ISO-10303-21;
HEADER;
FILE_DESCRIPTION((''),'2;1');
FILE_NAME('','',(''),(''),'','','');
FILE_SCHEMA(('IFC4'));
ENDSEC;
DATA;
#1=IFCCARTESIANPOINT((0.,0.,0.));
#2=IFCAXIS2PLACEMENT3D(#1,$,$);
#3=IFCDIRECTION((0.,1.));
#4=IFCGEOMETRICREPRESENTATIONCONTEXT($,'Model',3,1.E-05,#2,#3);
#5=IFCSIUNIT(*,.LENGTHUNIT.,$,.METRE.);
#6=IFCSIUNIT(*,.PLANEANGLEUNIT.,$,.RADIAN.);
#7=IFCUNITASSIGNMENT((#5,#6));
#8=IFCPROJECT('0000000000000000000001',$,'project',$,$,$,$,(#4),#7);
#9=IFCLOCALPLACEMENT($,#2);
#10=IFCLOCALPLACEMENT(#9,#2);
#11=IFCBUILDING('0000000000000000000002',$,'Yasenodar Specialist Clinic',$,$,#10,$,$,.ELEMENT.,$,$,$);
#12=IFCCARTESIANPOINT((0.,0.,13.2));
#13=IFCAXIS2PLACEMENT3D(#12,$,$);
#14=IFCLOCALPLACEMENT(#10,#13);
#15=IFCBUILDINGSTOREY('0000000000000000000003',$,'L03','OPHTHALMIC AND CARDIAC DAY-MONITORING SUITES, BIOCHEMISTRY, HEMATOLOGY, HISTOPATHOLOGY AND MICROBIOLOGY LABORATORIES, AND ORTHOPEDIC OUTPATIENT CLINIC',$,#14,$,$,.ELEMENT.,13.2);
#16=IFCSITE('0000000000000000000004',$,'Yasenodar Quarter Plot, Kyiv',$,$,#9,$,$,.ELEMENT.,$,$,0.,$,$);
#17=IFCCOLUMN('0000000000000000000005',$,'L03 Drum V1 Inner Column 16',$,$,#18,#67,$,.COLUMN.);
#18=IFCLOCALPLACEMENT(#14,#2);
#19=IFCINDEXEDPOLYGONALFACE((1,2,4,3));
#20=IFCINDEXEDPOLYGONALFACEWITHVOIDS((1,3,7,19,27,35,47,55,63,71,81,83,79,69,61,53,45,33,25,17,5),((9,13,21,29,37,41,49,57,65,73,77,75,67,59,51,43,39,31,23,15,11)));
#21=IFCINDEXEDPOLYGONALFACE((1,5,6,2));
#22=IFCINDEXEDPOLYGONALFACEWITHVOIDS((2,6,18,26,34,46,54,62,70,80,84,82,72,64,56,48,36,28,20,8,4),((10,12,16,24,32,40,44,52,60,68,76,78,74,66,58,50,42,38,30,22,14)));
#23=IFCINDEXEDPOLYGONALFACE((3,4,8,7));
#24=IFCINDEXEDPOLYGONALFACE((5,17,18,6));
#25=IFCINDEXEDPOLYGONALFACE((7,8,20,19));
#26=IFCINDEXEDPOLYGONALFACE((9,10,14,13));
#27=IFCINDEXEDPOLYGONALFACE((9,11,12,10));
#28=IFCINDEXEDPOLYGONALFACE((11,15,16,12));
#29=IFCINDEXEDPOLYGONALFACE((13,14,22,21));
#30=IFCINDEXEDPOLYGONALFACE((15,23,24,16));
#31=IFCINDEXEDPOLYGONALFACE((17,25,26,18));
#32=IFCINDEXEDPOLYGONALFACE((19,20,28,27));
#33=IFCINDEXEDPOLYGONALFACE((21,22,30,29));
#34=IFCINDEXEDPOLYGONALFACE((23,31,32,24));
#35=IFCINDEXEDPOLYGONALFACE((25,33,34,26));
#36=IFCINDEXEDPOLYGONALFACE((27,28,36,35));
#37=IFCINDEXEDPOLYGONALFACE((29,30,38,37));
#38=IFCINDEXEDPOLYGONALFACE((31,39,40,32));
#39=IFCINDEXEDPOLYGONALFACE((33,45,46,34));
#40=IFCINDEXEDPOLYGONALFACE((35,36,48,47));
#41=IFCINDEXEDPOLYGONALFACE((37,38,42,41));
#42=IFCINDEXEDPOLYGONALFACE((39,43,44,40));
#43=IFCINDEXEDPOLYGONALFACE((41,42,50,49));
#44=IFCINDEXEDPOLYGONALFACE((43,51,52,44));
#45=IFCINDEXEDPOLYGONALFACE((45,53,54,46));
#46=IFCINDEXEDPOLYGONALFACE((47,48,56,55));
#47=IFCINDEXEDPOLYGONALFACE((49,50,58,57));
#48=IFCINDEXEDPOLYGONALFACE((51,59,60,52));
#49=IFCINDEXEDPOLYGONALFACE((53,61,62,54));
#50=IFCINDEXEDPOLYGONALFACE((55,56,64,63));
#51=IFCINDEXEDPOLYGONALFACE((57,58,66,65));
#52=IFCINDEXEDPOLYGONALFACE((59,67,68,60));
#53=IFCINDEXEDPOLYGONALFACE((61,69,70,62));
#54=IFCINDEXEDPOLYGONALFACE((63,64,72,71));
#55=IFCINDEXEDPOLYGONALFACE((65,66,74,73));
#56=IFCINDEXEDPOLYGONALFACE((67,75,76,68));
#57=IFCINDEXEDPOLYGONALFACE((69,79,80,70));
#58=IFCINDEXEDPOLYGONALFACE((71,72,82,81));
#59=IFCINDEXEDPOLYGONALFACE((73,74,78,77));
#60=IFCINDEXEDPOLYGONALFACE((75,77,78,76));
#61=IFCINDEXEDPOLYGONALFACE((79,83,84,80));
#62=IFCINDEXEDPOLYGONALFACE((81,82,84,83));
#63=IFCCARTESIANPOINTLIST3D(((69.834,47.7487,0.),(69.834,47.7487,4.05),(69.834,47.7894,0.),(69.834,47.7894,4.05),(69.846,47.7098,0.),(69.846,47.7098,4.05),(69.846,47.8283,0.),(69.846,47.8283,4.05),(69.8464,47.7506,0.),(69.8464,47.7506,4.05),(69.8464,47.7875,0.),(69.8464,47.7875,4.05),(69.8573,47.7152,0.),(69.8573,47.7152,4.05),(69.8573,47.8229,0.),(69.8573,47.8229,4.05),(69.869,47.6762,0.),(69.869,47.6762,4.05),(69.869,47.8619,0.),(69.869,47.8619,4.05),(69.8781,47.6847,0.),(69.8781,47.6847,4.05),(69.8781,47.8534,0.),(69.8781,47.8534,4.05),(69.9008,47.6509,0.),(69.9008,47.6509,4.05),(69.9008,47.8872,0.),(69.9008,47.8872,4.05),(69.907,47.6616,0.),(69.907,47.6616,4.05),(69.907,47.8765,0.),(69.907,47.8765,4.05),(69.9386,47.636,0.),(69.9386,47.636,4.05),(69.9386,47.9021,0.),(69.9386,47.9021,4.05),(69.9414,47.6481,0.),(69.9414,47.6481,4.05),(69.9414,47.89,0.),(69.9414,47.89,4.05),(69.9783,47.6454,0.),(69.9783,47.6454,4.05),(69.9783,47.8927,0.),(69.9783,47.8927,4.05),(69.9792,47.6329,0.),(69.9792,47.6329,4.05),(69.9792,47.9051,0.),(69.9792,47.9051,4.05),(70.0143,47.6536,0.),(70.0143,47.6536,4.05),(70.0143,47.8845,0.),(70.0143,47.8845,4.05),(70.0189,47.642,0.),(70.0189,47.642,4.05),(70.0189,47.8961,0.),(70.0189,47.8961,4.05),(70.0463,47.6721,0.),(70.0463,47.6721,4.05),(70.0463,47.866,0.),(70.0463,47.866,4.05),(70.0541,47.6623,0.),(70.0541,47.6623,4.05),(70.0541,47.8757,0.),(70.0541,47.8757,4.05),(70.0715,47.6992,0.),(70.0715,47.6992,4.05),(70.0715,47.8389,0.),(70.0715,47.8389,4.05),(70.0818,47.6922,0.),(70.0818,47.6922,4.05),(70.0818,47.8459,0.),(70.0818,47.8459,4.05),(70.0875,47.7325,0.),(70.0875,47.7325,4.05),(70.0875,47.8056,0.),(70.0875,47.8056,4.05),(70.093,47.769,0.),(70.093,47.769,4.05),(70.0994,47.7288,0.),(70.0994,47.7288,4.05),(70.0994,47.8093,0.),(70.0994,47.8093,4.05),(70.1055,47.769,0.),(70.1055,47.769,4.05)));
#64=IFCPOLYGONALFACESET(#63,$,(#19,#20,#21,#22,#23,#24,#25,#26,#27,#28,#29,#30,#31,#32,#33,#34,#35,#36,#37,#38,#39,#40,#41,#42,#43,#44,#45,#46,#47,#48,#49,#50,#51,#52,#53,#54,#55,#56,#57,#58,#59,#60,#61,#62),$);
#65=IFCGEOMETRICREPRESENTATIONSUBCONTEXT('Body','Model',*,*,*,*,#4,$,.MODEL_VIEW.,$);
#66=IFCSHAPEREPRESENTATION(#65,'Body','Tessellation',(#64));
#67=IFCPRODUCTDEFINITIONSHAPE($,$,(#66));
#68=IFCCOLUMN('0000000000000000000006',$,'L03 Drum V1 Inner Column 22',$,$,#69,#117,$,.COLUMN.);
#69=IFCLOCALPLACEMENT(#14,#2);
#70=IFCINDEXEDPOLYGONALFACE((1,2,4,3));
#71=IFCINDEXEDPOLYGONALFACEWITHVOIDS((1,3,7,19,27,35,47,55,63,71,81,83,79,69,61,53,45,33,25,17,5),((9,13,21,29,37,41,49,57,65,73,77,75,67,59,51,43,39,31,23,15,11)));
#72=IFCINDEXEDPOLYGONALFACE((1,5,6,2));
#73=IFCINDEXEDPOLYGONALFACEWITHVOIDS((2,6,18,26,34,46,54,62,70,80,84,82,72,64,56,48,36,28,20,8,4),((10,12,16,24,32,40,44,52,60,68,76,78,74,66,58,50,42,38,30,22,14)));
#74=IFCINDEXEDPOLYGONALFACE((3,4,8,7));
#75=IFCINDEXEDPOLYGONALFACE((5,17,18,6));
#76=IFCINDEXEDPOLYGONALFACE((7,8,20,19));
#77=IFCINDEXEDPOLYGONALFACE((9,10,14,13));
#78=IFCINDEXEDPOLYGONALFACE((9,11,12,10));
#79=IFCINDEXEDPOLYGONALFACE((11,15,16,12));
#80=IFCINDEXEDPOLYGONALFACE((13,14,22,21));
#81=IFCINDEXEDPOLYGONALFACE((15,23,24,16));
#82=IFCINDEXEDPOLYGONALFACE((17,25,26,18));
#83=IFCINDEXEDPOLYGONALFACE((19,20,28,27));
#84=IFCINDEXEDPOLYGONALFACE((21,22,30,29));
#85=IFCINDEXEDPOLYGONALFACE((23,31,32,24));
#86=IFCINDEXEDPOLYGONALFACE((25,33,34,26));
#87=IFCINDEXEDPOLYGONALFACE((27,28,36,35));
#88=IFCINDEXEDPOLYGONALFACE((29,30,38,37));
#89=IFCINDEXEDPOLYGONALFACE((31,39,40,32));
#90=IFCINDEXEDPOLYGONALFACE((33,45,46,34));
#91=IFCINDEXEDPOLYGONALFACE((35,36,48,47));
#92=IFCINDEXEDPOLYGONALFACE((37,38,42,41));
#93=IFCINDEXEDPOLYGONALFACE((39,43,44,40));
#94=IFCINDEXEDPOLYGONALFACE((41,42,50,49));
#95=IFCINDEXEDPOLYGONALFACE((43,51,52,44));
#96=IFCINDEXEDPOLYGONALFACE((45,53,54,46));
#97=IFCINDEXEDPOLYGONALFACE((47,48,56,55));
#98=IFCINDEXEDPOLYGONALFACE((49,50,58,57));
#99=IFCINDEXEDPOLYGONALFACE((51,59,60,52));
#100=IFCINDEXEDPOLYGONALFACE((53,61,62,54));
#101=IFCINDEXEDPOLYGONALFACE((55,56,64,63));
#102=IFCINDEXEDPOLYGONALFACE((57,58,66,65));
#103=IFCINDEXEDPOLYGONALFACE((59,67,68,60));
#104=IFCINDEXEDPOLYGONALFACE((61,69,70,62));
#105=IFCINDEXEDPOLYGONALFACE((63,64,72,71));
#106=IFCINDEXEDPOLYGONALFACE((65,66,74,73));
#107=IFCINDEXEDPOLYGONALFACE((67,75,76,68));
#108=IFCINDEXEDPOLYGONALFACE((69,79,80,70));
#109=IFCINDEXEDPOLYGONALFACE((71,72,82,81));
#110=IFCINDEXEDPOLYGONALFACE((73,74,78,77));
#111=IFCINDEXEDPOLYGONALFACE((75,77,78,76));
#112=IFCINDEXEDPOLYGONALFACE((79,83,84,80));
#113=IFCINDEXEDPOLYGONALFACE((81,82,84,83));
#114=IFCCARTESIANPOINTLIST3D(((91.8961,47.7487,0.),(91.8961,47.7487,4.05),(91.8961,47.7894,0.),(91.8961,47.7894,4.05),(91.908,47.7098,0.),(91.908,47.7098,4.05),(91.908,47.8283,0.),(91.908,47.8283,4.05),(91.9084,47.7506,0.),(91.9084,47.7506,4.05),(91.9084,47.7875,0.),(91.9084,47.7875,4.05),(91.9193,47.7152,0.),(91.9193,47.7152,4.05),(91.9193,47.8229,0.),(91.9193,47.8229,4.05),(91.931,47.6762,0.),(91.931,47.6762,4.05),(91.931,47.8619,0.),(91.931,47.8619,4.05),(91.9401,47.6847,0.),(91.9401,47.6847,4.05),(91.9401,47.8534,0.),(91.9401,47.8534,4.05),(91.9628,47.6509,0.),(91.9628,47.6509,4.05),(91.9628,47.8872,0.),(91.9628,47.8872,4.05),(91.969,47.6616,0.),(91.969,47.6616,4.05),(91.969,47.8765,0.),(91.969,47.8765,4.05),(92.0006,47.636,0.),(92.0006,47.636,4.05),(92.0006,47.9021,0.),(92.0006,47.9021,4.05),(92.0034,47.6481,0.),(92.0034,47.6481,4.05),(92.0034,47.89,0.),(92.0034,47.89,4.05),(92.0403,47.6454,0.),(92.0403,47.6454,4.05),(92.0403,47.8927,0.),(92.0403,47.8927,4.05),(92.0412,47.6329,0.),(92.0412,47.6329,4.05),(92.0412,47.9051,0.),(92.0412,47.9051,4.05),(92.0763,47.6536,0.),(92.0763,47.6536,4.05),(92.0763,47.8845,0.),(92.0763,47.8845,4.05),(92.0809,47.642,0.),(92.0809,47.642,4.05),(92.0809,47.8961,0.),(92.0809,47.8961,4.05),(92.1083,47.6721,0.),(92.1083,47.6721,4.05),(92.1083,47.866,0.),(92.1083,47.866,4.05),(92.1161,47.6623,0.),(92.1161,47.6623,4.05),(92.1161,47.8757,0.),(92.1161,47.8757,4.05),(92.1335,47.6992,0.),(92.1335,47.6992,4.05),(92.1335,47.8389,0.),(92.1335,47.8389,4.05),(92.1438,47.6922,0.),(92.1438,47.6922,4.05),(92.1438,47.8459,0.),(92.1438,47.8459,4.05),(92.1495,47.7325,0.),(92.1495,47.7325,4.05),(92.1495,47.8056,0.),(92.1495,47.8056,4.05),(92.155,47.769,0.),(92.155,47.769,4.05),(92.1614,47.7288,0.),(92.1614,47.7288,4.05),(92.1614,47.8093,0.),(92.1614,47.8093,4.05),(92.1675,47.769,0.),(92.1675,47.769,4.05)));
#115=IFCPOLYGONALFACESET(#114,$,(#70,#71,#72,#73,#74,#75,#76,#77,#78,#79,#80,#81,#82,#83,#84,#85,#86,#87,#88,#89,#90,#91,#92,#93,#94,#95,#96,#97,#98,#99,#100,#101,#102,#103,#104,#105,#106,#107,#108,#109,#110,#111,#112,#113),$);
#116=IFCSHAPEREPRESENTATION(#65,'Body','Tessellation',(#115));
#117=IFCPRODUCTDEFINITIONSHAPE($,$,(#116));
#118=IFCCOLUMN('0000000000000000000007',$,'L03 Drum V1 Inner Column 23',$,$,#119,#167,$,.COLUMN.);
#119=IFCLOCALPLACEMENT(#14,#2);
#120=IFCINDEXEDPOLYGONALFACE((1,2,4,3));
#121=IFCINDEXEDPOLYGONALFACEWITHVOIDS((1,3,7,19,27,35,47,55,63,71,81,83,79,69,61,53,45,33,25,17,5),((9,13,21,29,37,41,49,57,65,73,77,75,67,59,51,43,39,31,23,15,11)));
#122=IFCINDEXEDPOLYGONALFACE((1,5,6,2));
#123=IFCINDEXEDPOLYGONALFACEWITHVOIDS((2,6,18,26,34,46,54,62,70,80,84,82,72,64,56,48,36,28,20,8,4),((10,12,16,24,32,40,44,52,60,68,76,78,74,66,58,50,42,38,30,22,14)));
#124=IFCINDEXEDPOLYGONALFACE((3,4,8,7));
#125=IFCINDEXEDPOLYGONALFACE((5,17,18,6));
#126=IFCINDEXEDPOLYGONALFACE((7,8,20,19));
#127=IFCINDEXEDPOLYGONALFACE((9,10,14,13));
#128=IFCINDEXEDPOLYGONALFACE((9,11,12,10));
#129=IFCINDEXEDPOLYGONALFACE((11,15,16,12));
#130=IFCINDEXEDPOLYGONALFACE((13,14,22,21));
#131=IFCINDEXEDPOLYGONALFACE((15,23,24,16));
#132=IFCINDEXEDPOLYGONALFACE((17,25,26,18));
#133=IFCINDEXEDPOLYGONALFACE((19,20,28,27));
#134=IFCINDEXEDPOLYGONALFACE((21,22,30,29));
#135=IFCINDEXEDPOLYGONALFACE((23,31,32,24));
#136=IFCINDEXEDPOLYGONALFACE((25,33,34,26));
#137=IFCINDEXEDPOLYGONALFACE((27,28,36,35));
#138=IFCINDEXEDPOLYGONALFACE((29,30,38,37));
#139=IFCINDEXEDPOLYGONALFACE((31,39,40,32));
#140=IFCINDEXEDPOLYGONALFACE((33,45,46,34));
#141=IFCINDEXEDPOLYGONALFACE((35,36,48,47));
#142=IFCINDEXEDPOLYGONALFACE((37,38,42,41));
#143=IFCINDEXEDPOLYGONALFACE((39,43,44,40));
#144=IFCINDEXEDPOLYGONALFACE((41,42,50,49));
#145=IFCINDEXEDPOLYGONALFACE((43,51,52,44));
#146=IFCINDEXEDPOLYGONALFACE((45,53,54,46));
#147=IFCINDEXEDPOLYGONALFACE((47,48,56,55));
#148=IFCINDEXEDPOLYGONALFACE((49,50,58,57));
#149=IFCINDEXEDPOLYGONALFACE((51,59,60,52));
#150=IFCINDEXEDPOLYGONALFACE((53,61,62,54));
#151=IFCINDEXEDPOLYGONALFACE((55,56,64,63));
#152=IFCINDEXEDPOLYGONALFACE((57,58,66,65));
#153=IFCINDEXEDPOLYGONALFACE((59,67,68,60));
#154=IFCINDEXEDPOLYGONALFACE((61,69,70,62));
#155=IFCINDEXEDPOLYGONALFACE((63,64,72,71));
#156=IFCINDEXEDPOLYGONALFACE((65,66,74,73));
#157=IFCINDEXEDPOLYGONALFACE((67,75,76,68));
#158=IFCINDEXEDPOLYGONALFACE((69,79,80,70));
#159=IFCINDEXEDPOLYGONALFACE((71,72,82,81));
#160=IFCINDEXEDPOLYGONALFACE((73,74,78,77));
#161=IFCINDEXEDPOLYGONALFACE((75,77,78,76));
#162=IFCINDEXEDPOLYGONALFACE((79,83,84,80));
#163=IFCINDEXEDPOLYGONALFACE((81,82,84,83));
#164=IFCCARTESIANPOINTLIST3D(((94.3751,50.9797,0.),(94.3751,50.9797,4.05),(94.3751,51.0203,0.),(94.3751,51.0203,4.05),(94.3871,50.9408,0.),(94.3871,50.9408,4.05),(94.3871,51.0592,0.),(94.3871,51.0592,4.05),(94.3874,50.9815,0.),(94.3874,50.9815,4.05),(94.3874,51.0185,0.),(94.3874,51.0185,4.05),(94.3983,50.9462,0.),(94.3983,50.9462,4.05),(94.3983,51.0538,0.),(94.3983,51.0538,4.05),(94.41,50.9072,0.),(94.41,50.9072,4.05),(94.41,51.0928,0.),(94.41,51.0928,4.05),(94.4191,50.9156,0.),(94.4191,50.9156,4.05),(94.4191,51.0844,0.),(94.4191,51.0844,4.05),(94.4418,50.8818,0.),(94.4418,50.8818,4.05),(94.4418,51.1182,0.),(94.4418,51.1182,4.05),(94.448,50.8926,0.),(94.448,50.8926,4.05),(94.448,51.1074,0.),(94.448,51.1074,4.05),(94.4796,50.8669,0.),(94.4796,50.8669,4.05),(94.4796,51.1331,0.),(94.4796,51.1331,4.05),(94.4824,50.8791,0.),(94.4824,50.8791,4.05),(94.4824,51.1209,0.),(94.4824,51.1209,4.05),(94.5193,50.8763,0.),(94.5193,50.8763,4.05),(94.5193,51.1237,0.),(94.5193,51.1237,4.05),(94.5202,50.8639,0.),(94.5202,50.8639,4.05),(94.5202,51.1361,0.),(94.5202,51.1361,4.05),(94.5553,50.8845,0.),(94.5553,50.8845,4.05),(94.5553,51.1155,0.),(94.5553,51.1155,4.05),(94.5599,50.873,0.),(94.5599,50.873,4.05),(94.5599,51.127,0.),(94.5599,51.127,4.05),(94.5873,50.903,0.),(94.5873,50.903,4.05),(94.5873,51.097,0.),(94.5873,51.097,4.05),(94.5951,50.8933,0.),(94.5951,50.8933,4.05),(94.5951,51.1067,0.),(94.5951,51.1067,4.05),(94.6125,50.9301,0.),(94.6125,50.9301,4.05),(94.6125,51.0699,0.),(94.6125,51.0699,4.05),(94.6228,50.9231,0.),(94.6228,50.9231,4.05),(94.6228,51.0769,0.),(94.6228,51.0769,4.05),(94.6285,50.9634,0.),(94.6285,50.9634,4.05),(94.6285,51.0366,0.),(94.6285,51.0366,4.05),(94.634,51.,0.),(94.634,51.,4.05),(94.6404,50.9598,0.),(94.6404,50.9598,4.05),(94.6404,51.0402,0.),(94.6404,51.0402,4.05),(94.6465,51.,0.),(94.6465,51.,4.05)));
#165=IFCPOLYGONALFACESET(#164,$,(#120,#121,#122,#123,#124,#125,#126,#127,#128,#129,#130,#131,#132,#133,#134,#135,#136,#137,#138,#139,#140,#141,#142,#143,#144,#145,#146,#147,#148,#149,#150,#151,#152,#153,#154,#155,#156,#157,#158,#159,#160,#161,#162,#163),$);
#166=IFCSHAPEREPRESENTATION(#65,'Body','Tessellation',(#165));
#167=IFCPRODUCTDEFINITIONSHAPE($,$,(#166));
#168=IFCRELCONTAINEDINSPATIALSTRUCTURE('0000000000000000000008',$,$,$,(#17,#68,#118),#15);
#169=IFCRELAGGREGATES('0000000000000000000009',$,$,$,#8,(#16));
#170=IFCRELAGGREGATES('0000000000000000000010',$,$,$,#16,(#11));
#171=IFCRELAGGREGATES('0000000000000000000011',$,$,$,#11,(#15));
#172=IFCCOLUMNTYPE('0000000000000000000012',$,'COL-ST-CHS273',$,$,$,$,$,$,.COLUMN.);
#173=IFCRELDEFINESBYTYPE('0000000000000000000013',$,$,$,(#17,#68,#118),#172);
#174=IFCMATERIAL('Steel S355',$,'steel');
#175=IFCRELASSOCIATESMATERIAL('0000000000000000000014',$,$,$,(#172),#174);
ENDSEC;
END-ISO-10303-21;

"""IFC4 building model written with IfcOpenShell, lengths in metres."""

from ifc_helpers import new_model, si_unit, direction, frame, origin, origin_2d, place, context, subcontext, project, spatial, hollow_circle, extrude, material, material_profile, profile_set, type_object, element, save


model = new_model("IFC4")

# Units and contexts
model_context = context("Model", 3, precision=1e-05, world=origin(), true_north=direction((0.0, 1.0)))
body_context = subcontext(model_context, "Body", "Model", "MODEL_VIEW")
ifc_project = project(units=[si_unit("LENGTHUNIT", "METRE"), si_unit("PLANEANGLEUNIT", "RADIAN")], contexts=[model_context])

# Site, building, storey
site_placement = place(None, origin())
site = spatial("IfcSite", under=ifc_project, at=site_placement, Name="Yasenodar Quarter Plot, Kyiv", CompositionType="ELEMENT", RefElevation=0.0)
building_placement = place(site_placement, origin())
building = spatial("IfcBuilding", under=site, at=building_placement, Name="Yasenodar Specialist Clinic", CompositionType="ELEMENT")
storey_placement = place(building_placement, frame((0.0, 0.0, 13.2)))
storey = spatial("IfcBuildingStorey", under=building, at=storey_placement, Name="L03", Description="OPHTHALMIC AND CARDIAC DAY-MONITORING SUITES, BIOCHEMISTRY, HEMATOLOGY, HISTOPATHOLOGY AND MICROBIOLOGY LABORATORIES, AND ORTHOPEDIC OUTPATIENT CLINIC", CompositionType="ELEMENT", Elevation=13.2)

# Columns
ifc_material_1 = material(Name="Steel S355", Category="steel")
ifc_material_profile_1 = material_profile(ifc_material_1, hollow_circle(Radius=0.1365, WallThickness=0.0125, at=origin_2d()), Name="CHS 273x12.5")
ifc_profile_set_1 = profile_set([ifc_material_profile_1], Name="Steel S355")
column_type = type_object("IfcColumnType", Name="COL-ST-CHS273", PredefinedType="COLUMN", material=ifc_profile_set_1)
for number, where, z_axis, x_axis, name in (
    (1, (69.969, 47.769, 0.0), (0.0, 0.0, 1.0), (1.0, 0.0, 0.0), "L03 Drum V1 Inner Column 16"),
    (2, (92.031, 47.769, 0.0), (0.0, 0.0, 1.0), (1.0, 0.0, 0.0), "L03 Drum V1 Inner Column 22"),
    (3, (94.51, 51.0, 0.0), (0.0, 0.0, 1.0), (1.0, 0.0, 0.0), "L03 Drum V1 Inner Column 23"),
):
    element("IfcColumn", number, at=place(storey_placement, frame(where, z_axis=z_axis, x_axis=x_axis)), inside=storey, type_object=column_type, Name=name, PredefinedType="COLUMN", context=body_context, shape_type="SweptSolid", body=[
        extrude(hollow_circle(Radius=0.1365, WallThickness=0.0125, at=origin_2d()), origin(), (0.0, 0.0, 1.0), 4.05),
    ])

save(model, "model.ifc")
